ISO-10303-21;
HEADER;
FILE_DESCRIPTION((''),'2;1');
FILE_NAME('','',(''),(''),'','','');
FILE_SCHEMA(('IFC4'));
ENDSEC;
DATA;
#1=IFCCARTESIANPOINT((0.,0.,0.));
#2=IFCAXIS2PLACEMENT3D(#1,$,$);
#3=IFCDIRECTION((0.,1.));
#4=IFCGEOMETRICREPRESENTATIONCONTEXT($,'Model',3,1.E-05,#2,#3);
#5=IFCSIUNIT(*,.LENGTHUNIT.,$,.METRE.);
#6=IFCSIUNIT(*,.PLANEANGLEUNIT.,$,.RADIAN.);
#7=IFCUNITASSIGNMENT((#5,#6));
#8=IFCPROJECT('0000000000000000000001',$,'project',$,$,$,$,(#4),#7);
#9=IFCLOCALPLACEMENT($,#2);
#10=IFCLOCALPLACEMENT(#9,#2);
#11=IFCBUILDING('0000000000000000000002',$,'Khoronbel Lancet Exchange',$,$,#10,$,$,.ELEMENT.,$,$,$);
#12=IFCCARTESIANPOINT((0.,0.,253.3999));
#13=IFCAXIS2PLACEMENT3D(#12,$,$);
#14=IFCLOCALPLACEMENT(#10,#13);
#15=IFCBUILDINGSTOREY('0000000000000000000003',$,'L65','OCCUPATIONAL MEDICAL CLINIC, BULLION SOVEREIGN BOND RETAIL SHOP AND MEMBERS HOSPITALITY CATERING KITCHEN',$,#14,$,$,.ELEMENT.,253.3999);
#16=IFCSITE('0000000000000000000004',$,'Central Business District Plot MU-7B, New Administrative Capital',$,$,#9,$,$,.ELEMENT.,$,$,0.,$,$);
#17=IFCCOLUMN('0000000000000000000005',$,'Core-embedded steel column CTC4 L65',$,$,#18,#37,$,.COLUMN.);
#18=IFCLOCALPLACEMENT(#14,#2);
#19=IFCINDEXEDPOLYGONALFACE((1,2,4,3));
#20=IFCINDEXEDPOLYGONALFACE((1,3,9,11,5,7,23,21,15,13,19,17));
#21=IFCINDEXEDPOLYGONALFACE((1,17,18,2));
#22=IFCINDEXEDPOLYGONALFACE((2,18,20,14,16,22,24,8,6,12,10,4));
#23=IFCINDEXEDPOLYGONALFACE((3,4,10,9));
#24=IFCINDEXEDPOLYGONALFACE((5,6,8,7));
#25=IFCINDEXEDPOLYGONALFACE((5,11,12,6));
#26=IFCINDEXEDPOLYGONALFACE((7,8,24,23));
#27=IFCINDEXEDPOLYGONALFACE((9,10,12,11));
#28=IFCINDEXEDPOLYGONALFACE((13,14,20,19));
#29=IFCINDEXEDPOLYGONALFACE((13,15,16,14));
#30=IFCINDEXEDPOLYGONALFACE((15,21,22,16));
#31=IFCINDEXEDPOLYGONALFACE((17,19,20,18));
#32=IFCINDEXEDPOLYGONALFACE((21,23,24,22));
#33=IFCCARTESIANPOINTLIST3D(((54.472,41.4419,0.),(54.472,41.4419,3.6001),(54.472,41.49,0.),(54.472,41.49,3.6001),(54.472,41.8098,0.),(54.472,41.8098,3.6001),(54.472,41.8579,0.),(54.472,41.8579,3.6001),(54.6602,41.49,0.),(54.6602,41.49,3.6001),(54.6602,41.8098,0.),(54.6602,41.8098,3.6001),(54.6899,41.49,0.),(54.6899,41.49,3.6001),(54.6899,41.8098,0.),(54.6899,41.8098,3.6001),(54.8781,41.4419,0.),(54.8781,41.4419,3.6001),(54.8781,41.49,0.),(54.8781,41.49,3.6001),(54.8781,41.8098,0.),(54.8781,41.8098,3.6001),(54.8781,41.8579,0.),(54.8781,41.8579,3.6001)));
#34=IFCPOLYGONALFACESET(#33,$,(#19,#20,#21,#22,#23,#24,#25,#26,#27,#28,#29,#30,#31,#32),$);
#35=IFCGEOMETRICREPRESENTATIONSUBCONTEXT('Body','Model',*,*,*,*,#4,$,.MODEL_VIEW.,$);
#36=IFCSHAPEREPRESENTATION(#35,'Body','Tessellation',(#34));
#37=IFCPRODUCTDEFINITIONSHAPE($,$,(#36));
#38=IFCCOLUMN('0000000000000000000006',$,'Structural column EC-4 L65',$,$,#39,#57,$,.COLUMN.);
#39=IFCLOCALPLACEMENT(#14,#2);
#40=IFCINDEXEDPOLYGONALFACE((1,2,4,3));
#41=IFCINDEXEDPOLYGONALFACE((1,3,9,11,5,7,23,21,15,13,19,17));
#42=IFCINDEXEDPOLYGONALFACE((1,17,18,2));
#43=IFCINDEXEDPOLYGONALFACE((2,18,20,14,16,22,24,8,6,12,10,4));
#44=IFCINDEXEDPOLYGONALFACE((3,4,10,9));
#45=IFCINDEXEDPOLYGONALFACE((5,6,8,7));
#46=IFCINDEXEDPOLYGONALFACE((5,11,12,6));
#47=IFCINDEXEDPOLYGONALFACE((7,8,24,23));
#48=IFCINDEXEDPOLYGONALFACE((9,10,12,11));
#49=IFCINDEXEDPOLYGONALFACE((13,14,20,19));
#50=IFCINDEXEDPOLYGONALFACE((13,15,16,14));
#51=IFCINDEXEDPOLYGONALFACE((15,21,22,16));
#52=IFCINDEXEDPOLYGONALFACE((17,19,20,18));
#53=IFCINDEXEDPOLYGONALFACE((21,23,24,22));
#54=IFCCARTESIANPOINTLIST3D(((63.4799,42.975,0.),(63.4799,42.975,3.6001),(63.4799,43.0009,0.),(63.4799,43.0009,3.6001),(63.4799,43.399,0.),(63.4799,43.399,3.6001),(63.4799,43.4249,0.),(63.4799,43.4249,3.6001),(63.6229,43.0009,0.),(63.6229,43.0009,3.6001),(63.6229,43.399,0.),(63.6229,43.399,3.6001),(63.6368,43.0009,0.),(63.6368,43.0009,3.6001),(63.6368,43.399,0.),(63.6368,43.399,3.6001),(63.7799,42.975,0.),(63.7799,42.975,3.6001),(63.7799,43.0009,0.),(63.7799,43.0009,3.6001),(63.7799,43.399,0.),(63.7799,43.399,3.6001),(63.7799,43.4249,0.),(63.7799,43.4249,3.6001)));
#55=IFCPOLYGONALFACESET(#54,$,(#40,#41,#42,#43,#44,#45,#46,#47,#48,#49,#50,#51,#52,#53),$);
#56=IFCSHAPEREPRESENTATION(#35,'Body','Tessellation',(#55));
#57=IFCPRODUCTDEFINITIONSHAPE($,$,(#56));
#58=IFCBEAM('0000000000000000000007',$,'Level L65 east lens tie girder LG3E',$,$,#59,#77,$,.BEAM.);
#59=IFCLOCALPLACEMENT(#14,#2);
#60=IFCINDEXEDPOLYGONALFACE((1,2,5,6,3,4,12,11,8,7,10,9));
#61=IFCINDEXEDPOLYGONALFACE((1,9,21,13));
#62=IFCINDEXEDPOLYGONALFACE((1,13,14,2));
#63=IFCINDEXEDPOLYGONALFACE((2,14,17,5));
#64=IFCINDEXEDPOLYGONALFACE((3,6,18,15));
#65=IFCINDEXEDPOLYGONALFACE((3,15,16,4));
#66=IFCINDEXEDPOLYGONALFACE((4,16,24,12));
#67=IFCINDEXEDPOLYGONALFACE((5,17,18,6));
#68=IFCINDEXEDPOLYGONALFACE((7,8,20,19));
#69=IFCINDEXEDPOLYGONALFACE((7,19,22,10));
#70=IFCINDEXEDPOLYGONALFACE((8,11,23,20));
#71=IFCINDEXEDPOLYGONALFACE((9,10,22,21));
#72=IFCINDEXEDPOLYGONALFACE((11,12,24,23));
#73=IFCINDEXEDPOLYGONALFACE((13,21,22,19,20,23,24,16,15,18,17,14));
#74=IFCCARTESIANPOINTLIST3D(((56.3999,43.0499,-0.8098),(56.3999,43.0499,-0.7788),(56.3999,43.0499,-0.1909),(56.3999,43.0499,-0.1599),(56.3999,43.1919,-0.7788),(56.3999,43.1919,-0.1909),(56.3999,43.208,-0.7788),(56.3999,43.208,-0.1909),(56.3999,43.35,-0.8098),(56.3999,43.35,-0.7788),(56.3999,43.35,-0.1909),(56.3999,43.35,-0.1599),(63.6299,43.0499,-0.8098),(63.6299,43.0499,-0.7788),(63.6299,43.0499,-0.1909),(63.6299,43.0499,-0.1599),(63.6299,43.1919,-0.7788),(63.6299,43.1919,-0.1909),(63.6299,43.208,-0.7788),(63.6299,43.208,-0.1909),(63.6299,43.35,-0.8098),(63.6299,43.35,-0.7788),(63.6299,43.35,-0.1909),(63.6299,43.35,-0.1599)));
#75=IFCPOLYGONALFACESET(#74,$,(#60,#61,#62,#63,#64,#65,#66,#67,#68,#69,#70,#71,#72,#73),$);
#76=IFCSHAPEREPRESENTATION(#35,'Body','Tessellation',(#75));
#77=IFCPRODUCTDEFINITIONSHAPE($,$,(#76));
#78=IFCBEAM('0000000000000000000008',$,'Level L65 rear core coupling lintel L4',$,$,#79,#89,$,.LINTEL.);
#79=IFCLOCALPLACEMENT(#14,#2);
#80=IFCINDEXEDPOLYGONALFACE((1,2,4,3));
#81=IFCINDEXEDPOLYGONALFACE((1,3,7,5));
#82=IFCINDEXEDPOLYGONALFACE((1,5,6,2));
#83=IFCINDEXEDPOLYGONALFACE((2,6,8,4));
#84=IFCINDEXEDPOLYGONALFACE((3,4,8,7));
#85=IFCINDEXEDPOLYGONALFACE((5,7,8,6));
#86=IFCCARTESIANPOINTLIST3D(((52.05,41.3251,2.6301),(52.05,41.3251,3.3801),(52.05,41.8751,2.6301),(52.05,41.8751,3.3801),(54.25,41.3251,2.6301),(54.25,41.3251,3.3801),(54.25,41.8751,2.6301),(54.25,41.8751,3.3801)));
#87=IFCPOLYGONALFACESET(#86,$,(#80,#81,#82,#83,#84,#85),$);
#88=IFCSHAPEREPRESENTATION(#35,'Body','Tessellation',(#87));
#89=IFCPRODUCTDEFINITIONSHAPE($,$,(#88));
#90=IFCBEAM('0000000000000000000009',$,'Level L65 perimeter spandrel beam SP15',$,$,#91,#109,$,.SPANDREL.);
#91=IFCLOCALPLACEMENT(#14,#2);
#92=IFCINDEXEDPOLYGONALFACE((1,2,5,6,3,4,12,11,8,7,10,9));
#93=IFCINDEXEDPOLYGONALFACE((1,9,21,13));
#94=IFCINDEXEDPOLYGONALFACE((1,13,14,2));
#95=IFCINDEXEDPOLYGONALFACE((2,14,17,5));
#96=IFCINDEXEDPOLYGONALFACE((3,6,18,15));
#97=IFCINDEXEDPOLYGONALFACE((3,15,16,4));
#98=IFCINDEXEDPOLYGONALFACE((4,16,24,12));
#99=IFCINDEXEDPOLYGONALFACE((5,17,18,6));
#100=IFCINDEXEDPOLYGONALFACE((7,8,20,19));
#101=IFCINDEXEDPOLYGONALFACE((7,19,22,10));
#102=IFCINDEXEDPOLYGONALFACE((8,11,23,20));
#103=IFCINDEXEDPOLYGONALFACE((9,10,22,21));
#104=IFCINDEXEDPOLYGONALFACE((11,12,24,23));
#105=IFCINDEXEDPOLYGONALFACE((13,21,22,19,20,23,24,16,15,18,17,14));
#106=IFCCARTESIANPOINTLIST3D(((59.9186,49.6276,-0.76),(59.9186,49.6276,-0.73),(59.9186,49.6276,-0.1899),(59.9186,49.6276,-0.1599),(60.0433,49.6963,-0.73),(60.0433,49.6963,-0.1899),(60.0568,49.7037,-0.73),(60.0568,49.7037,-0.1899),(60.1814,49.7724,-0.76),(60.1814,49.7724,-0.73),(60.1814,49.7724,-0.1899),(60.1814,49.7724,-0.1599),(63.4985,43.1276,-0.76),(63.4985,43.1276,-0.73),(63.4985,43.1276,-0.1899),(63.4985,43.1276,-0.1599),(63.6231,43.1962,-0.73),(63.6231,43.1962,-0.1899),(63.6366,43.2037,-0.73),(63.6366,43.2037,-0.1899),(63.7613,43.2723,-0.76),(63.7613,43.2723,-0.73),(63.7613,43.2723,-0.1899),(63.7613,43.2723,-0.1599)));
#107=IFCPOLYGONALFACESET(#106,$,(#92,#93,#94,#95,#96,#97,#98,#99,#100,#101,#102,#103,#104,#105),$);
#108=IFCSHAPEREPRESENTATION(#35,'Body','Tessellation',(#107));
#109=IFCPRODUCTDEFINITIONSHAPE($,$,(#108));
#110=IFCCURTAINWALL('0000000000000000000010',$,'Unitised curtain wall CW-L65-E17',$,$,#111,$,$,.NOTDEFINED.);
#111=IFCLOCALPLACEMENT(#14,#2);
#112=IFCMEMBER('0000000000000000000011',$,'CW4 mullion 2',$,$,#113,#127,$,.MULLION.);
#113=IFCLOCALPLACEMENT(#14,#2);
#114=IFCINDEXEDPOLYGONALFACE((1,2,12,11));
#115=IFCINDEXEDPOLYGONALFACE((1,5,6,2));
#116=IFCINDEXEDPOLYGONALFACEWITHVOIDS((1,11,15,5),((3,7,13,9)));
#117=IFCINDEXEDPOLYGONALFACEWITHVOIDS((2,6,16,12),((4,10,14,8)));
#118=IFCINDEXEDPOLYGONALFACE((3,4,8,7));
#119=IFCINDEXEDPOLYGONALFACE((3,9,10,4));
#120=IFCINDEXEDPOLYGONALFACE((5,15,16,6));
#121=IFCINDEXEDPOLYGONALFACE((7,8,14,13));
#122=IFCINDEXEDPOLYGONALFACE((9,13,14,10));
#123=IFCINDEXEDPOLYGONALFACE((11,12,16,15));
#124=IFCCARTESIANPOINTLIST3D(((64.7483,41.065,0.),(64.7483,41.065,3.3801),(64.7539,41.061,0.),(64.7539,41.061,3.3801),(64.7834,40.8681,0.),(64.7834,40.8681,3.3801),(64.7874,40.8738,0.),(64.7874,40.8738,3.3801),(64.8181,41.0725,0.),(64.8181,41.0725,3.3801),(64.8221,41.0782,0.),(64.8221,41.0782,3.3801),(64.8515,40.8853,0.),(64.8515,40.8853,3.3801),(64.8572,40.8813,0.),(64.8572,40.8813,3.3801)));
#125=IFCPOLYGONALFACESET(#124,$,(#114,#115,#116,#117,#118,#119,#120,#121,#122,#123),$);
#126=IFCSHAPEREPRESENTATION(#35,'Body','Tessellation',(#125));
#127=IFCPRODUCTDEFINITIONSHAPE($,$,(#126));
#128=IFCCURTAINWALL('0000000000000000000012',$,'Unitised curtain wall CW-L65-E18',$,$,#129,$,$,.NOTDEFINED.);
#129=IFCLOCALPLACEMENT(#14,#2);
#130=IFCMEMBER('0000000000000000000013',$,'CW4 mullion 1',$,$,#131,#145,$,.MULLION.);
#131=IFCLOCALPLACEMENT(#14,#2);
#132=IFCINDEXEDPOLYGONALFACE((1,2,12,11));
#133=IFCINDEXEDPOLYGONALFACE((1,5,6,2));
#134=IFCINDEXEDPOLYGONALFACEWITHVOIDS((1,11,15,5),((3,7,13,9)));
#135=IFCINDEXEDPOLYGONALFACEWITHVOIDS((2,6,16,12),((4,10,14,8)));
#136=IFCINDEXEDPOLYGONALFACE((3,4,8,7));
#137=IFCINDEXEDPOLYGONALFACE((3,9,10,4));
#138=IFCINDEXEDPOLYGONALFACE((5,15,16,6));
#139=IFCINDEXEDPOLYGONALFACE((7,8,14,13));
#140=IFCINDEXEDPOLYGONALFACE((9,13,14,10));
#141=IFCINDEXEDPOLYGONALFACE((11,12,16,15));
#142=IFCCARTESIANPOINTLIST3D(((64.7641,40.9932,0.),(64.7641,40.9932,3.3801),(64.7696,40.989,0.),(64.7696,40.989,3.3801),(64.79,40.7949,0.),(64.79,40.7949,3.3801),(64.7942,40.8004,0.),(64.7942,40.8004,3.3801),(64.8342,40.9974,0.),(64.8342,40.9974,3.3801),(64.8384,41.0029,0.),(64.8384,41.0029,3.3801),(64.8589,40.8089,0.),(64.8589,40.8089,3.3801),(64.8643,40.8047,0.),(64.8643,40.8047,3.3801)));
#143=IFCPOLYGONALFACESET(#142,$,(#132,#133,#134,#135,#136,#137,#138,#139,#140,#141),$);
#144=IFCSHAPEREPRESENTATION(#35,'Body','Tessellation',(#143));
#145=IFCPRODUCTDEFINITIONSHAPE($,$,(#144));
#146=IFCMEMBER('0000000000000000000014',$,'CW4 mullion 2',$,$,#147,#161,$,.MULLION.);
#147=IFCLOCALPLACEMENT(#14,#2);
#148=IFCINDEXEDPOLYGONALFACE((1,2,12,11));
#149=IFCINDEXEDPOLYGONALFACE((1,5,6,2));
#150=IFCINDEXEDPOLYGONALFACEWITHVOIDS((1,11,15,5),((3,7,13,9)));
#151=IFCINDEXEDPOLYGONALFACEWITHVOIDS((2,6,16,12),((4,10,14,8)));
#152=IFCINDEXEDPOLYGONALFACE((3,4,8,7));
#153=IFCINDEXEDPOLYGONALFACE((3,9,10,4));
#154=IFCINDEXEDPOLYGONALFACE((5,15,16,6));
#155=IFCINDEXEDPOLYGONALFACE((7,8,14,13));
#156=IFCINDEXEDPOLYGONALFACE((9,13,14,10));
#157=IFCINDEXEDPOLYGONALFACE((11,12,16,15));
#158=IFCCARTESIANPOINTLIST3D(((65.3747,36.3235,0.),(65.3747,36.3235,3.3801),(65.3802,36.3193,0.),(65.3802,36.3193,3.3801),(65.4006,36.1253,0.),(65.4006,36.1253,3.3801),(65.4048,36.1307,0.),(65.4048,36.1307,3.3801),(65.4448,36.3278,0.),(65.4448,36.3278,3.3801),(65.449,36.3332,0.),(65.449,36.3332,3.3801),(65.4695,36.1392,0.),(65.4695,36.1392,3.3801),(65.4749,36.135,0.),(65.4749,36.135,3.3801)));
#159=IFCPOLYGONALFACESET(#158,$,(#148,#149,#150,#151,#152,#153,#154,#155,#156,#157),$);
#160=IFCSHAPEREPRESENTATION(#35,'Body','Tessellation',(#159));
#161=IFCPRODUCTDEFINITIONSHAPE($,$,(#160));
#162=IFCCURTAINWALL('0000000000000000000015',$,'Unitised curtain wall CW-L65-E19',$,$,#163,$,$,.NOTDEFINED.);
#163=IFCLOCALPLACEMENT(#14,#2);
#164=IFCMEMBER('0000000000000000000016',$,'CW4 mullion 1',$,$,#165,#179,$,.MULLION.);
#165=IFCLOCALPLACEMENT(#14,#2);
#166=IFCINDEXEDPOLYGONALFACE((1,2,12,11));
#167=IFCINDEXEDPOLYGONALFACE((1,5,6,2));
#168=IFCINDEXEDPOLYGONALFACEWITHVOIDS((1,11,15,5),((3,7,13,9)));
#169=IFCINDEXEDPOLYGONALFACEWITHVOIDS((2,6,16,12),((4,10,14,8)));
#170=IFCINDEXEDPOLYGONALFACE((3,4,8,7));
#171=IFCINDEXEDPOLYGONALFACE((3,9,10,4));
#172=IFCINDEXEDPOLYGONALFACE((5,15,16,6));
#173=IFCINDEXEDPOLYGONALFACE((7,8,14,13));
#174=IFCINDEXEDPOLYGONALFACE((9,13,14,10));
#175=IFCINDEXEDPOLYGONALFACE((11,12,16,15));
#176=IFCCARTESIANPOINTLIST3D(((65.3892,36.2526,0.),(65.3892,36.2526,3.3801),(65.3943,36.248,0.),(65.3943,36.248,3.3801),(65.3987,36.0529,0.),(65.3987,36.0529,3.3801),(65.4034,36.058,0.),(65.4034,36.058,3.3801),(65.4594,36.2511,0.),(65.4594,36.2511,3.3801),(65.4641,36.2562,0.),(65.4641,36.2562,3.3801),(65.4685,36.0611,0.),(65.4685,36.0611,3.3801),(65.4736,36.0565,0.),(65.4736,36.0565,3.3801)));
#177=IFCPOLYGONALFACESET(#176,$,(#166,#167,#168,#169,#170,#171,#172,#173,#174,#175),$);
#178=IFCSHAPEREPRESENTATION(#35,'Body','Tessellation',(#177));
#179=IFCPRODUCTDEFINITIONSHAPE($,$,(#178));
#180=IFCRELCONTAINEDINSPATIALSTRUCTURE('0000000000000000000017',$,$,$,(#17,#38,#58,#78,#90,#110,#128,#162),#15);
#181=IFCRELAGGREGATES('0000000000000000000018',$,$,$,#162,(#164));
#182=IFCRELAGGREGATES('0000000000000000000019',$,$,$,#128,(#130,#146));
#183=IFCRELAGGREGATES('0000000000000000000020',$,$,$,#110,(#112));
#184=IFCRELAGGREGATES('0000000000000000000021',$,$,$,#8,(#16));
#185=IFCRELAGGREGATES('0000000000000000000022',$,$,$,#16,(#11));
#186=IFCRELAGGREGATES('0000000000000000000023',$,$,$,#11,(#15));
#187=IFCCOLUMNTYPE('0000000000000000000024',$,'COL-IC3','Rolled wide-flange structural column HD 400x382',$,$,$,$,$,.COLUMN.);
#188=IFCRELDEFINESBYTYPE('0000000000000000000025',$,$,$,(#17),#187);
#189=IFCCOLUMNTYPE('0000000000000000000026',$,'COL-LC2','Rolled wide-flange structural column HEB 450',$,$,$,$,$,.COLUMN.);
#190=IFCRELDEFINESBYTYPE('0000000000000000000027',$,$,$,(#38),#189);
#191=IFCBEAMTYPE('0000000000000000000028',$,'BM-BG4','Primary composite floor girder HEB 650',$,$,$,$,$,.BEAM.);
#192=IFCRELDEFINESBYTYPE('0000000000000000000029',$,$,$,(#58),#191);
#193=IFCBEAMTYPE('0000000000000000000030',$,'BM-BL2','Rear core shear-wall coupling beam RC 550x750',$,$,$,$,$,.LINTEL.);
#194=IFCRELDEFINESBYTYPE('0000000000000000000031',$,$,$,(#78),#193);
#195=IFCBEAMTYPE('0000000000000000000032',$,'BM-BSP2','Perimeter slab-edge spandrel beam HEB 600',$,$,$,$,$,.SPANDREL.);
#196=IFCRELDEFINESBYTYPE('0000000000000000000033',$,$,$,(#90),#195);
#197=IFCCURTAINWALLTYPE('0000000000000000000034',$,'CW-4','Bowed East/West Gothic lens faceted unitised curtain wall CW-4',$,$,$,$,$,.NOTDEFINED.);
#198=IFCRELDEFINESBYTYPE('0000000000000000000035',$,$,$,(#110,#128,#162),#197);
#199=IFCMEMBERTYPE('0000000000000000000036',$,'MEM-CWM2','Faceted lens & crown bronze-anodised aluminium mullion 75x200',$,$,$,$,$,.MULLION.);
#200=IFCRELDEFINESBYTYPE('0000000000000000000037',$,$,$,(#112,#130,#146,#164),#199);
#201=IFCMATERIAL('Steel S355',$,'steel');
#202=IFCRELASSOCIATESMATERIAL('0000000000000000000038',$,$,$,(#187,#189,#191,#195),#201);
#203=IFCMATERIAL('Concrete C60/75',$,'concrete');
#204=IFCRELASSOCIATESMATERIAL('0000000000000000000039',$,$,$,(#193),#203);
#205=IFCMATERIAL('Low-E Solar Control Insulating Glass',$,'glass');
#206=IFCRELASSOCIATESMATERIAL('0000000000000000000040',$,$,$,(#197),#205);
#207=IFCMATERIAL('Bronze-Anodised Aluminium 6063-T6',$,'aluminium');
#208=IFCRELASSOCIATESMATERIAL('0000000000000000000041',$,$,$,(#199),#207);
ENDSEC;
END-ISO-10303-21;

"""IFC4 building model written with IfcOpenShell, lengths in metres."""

from ifc_helpers import new_model, si_unit, direction, frame, origin, origin_2d, place, context, subcontext, project, spatial, rectangle, hollow_rectangle, i_section, extrude, material, material_profile, profile_set, type_object, element, aggregate, save


model = new_model("IFC4")

# Units and contexts
model_context = context("Model", 3, precision=1e-05, world=origin(), true_north=direction((0.0, 1.0)))
body_context = subcontext(model_context, "Body", "Model", "MODEL_VIEW")
ifc_project = project(units=[si_unit("LENGTHUNIT", "METRE"), si_unit("PLANEANGLEUNIT", "RADIAN")], contexts=[model_context])

# Site, building, storey
site_placement = place(None, origin())
site = spatial("IfcSite", under=ifc_project, at=site_placement, Name="Central Business District Plot MU-7B, New Administrative Capital", CompositionType="ELEMENT", RefElevation=0.0)
building_placement = place(site_placement, origin())
building = spatial("IfcBuilding", under=site, at=building_placement, Name="Khoronbel Lancet Exchange", CompositionType="ELEMENT")
storey_placement = place(building_placement, frame((0.0, 0.0, 253.3999)))
storey = spatial("IfcBuildingStorey", under=building, at=storey_placement, Name="L65", Description="OCCUPATIONAL MEDICAL CLINIC, BULLION SOVEREIGN BOND RETAIL SHOP AND MEMBERS HOSPITALITY CATERING KITCHEN", CompositionType="ELEMENT", Elevation=253.3999)

# Columns
ifc_material_1 = material(Name="Steel S355", Category="steel")
ifc_material_profile_1 = material_profile(ifc_material_1, i_section(OverallWidth=0.406, OverallDepth=0.416, WebThickness=0.0298, FlangeThickness=0.0481, at=origin_2d()), Name="HD 400x382")
ifc_profile_set_1 = profile_set([ifc_material_profile_1], Name="Steel S355")
column_type_1 = type_object("IfcColumnType", Name="COL-IC3", Description="Rolled wide-flange structural column HD 400x382", PredefinedType="COLUMN", material=ifc_profile_set_1)
column_1_placement = place(storey_placement, frame((54.675, 41.6499, 0.0), z_axis=(0.0, 0.0, 1.0), x_axis=(1.0, 0.0, 0.0)))
element("IfcColumn", 1, at=column_1_placement, inside=storey, type_object=column_type_1, Name="Core-embedded steel column CTC4 L65", PredefinedType="COLUMN", context=body_context, shape_type="SweptSolid", body=[
    extrude(i_section(OverallWidth=0.406, OverallDepth=0.416, WebThickness=0.0298, FlangeThickness=0.0481, at=origin_2d()), origin(), (0.0, 0.0, 1.0), 3.6001),
])
ifc_material_profile_2 = material_profile(ifc_material_1, i_section(OverallWidth=0.3, OverallDepth=0.45, WebThickness=0.0139, FlangeThickness=0.0259, at=origin_2d()), Name="HEB 450")
ifc_profile_set_2 = profile_set([ifc_material_profile_2], Name="Steel S355")
column_type_2 = type_object("IfcColumnType", Name="COL-LC2", Description="Rolled wide-flange structural column HEB 450", PredefinedType="COLUMN", material=ifc_profile_set_2)
column_2_placement = place(storey_placement, frame((63.6299, 43.2, 0.0), z_axis=(0.0, 0.0, 1.0), x_axis=(1.0, 0.0, 0.0)))
element("IfcColumn", 2, at=column_2_placement, inside=storey, type_object=column_type_2, Name="Structural column EC-4 L65", PredefinedType="COLUMN", context=body_context, shape_type="SweptSolid", body=[
    extrude(i_section(OverallWidth=0.3, OverallDepth=0.45, WebThickness=0.0139, FlangeThickness=0.0259, at=origin_2d()), origin(), (0.0, 0.0, 1.0), 3.6001),
])

# Beams
ifc_material_profile_3 = material_profile(ifc_material_1, i_section(OverallWidth=0.3, OverallDepth=0.6499, WebThickness=0.0161, FlangeThickness=0.031, at=origin_2d()), Name="HEB 650")
ifc_profile_set_3 = profile_set([ifc_material_profile_3], Name="Steel S355")
beam_type_1 = type_object("IfcBeamType", Name="BM-BG4", Description="Primary composite floor girder HEB 650", PredefinedType="BEAM", material=ifc_profile_set_3)
beam_1_placement = place(storey_placement, frame((56.3999, 43.2, -0.4849), z_axis=(1.0, 0.0, 0.0), x_axis=(0.0, 1.0, 0.0)))
element("IfcBeam", 3, at=beam_1_placement, inside=storey, type_object=beam_type_1, Name="Level L65 east lens tie girder LG3E", PredefinedType="BEAM", context=body_context, shape_type="SweptSolid", body=[
    extrude(i_section(OverallWidth=0.3, OverallDepth=0.6499, WebThickness=0.0161, FlangeThickness=0.031, at=origin_2d()), origin(), (0.0, 0.0, 1.0), 7.23),
])
ifc_material_2 = material(Name="Concrete C60/75", Category="concrete")
ifc_material_profile_4 = material_profile(ifc_material_2, rectangle(XDim=0.55, YDim=0.75, at=origin_2d()), Name="RC 550x750")
ifc_profile_set_4 = profile_set([ifc_material_profile_4], Name="Concrete C60/75")
beam_type_2 = type_object("IfcBeamType", Name="BM-BL2", Description="Rear core shear-wall coupling beam RC 550x750", PredefinedType="LINTEL", material=ifc_profile_set_4)
beam_2_placement = place(storey_placement, frame((52.05, 41.6001, 3.0051), z_axis=(1.0, 0.0, 0.0), x_axis=(0.0, 1.0, 0.0)))
element("IfcBeam", 4, at=beam_2_placement, inside=storey, type_object=beam_type_2, Name="Level L65 rear core coupling lintel L4", PredefinedType="LINTEL", context=body_context, shape_type="SweptSolid", body=[
    extrude(rectangle(XDim=0.55, YDim=0.75, at=origin_2d()), origin(), (0.0, 0.0, 1.0), 2.2),
])
ifc_material_profile_5 = material_profile(ifc_material_1, i_section(OverallWidth=0.3, OverallDepth=0.6001, WebThickness=0.0154, FlangeThickness=0.03, at=origin_2d()), Name="HEB 600")
ifc_profile_set_5 = profile_set([ifc_material_profile_5], Name="Steel S355")
beam_type_3 = type_object("IfcBeamType", Name="BM-BSP2", Description="Perimeter slab-edge spandrel beam HEB 600", PredefinedType="SPANDREL", material=ifc_profile_set_5)
beam_3_placement = place(storey_placement, frame((63.6299, 43.2, -0.46), z_axis=(-0.482419, 0.875941, 0.0), x_axis=(-0.875941, -0.482419, 0.0)))
element("IfcBeam", 5, at=beam_3_placement, inside=storey, type_object=beam_type_3, Name="Level L65 perimeter spandrel beam SP15", PredefinedType="SPANDREL", context=body_context, shape_type="SweptSolid", body=[
    extrude(i_section(OverallWidth=0.3, OverallDepth=0.6001, WebThickness=0.0154, FlangeThickness=0.03, at=origin_2d()), origin(), (0.0, 0.0, 1.0), 7.4207),
])

# Curtain wall, member
ifc_material_3 = material(Name="Low-E Solar Control Insulating Glass", Category="glass")
curtain_wall_type = type_object("IfcCurtainWallType", Name="CW-4", Description="Bowed East/West Gothic lens faceted unitised curtain wall CW-4", PredefinedType="NOTDEFINED", material=ifc_material_3)
curtain_wall_1_placement = place(storey_placement, origin())
curtain_wall_1 = element("IfcCurtainWall", 6, at=curtain_wall_1_placement, inside=storey, type_object=curtain_wall_type, Name="Unitised curtain wall CW-L65-E17", PredefinedType="NOTDEFINED")
ifc_material_4 = material(Name="Bronze-Anodised Aluminium 6063-T6", Category="aluminium")
ifc_material_profile_6 = material_profile(ifc_material_4, hollow_rectangle(XDim=0.075, YDim=0.2, WallThickness=0.0049, at=origin_2d()), Name="ALU MULLION 75x200")
ifc_profile_set_6 = profile_set([ifc_material_profile_6], Name="Bronze-Anodised Aluminium 6063-T6")
member_type_1 = type_object("IfcMemberType", Name="MEM-CWM2", Description="Faceted lens & crown bronze-anodised aluminium mullion 75x200", PredefinedType="MULLION", material=ifc_profile_set_6)
member_1_placement = place(storey_placement, frame((64.8027, 40.9731, 0.0), z_axis=(0.0, 0.0, 1.0), x_axis=(0.984426, 0.175801, 0.0)))
member_1 = element("IfcMember", 7, at=member_1_placement, type_object=member_type_1, Name="CW4 mullion 2", PredefinedType="MULLION", context=body_context, shape_type="SweptSolid", body=[
    extrude(hollow_rectangle(XDim=0.075, YDim=0.2, WallThickness=0.0049, at=origin_2d()), origin(), (0.0, 0.0, 1.0), 3.3801),
])

# Curtain wall, members
curtain_wall_2_placement = place(storey_placement, origin())
curtain_wall_2 = element("IfcCurtainWall", 8, at=curtain_wall_2_placement, inside=storey, type_object=curtain_wall_type, Name="Unitised curtain wall CW-L65-E18", PredefinedType="NOTDEFINED")
member_2_placement = place(storey_placement, frame((64.8142, 40.8989, 0.0), z_axis=(0.0, 0.0, 1.0), x_axis=(0.99156, 0.129646, 0.0)))
member_2 = element("IfcMember", 9, at=member_2_placement, type_object=member_type_1, Name="CW4 mullion 1", PredefinedType="MULLION", context=body_context, shape_type="SweptSolid", body=[
    extrude(hollow_rectangle(XDim=0.075, YDim=0.2, WallThickness=0.0049, at=origin_2d()), origin(), (0.0, 0.0, 1.0), 3.3801),
])
member_3_placement = place(storey_placement, frame((65.4248, 36.2292, 0.0), z_axis=(0.0, 0.0, 1.0), x_axis=(0.99156, 0.129646, 0.0)))
member_3 = element("IfcMember", 10, at=member_3_placement, type_object=member_type_1, Name="CW4 mullion 2", PredefinedType="MULLION", context=body_context, shape_type="SweptSolid", body=[
    extrude(hollow_rectangle(XDim=0.075, YDim=0.2, WallThickness=0.0049, at=origin_2d()), origin(), (0.0, 0.0, 1.0), 3.3801),
])

# Curtain wall, member
curtain_wall_3_placement = place(storey_placement, origin())
curtain_wall_3 = element("IfcCurtainWall", 11, at=curtain_wall_3_placement, inside=storey, type_object=curtain_wall_type, Name="Unitised curtain wall CW-L65-E19", PredefinedType="NOTDEFINED")
member_4_placement = place(storey_placement, frame((65.4314, 36.1545, 0.0), z_axis=(0.0, 0.0, 1.0), x_axis=(0.998857, 0.047794, 0.0)))
member_4 = element("IfcMember", 12, at=member_4_placement, type_object=member_type_1, Name="CW4 mullion 1", PredefinedType="MULLION", context=body_context, shape_type="SweptSolid", body=[
    extrude(hollow_rectangle(XDim=0.075, YDim=0.2, WallThickness=0.0049, at=origin_2d()), origin(), (0.0, 0.0, 1.0), 3.3801),
])

aggregate(curtain_wall_3, [member_4])

aggregate(curtain_wall_2, [member_2, member_3])
aggregate(curtain_wall_1, [member_1])

save(model, "model.ifc")
